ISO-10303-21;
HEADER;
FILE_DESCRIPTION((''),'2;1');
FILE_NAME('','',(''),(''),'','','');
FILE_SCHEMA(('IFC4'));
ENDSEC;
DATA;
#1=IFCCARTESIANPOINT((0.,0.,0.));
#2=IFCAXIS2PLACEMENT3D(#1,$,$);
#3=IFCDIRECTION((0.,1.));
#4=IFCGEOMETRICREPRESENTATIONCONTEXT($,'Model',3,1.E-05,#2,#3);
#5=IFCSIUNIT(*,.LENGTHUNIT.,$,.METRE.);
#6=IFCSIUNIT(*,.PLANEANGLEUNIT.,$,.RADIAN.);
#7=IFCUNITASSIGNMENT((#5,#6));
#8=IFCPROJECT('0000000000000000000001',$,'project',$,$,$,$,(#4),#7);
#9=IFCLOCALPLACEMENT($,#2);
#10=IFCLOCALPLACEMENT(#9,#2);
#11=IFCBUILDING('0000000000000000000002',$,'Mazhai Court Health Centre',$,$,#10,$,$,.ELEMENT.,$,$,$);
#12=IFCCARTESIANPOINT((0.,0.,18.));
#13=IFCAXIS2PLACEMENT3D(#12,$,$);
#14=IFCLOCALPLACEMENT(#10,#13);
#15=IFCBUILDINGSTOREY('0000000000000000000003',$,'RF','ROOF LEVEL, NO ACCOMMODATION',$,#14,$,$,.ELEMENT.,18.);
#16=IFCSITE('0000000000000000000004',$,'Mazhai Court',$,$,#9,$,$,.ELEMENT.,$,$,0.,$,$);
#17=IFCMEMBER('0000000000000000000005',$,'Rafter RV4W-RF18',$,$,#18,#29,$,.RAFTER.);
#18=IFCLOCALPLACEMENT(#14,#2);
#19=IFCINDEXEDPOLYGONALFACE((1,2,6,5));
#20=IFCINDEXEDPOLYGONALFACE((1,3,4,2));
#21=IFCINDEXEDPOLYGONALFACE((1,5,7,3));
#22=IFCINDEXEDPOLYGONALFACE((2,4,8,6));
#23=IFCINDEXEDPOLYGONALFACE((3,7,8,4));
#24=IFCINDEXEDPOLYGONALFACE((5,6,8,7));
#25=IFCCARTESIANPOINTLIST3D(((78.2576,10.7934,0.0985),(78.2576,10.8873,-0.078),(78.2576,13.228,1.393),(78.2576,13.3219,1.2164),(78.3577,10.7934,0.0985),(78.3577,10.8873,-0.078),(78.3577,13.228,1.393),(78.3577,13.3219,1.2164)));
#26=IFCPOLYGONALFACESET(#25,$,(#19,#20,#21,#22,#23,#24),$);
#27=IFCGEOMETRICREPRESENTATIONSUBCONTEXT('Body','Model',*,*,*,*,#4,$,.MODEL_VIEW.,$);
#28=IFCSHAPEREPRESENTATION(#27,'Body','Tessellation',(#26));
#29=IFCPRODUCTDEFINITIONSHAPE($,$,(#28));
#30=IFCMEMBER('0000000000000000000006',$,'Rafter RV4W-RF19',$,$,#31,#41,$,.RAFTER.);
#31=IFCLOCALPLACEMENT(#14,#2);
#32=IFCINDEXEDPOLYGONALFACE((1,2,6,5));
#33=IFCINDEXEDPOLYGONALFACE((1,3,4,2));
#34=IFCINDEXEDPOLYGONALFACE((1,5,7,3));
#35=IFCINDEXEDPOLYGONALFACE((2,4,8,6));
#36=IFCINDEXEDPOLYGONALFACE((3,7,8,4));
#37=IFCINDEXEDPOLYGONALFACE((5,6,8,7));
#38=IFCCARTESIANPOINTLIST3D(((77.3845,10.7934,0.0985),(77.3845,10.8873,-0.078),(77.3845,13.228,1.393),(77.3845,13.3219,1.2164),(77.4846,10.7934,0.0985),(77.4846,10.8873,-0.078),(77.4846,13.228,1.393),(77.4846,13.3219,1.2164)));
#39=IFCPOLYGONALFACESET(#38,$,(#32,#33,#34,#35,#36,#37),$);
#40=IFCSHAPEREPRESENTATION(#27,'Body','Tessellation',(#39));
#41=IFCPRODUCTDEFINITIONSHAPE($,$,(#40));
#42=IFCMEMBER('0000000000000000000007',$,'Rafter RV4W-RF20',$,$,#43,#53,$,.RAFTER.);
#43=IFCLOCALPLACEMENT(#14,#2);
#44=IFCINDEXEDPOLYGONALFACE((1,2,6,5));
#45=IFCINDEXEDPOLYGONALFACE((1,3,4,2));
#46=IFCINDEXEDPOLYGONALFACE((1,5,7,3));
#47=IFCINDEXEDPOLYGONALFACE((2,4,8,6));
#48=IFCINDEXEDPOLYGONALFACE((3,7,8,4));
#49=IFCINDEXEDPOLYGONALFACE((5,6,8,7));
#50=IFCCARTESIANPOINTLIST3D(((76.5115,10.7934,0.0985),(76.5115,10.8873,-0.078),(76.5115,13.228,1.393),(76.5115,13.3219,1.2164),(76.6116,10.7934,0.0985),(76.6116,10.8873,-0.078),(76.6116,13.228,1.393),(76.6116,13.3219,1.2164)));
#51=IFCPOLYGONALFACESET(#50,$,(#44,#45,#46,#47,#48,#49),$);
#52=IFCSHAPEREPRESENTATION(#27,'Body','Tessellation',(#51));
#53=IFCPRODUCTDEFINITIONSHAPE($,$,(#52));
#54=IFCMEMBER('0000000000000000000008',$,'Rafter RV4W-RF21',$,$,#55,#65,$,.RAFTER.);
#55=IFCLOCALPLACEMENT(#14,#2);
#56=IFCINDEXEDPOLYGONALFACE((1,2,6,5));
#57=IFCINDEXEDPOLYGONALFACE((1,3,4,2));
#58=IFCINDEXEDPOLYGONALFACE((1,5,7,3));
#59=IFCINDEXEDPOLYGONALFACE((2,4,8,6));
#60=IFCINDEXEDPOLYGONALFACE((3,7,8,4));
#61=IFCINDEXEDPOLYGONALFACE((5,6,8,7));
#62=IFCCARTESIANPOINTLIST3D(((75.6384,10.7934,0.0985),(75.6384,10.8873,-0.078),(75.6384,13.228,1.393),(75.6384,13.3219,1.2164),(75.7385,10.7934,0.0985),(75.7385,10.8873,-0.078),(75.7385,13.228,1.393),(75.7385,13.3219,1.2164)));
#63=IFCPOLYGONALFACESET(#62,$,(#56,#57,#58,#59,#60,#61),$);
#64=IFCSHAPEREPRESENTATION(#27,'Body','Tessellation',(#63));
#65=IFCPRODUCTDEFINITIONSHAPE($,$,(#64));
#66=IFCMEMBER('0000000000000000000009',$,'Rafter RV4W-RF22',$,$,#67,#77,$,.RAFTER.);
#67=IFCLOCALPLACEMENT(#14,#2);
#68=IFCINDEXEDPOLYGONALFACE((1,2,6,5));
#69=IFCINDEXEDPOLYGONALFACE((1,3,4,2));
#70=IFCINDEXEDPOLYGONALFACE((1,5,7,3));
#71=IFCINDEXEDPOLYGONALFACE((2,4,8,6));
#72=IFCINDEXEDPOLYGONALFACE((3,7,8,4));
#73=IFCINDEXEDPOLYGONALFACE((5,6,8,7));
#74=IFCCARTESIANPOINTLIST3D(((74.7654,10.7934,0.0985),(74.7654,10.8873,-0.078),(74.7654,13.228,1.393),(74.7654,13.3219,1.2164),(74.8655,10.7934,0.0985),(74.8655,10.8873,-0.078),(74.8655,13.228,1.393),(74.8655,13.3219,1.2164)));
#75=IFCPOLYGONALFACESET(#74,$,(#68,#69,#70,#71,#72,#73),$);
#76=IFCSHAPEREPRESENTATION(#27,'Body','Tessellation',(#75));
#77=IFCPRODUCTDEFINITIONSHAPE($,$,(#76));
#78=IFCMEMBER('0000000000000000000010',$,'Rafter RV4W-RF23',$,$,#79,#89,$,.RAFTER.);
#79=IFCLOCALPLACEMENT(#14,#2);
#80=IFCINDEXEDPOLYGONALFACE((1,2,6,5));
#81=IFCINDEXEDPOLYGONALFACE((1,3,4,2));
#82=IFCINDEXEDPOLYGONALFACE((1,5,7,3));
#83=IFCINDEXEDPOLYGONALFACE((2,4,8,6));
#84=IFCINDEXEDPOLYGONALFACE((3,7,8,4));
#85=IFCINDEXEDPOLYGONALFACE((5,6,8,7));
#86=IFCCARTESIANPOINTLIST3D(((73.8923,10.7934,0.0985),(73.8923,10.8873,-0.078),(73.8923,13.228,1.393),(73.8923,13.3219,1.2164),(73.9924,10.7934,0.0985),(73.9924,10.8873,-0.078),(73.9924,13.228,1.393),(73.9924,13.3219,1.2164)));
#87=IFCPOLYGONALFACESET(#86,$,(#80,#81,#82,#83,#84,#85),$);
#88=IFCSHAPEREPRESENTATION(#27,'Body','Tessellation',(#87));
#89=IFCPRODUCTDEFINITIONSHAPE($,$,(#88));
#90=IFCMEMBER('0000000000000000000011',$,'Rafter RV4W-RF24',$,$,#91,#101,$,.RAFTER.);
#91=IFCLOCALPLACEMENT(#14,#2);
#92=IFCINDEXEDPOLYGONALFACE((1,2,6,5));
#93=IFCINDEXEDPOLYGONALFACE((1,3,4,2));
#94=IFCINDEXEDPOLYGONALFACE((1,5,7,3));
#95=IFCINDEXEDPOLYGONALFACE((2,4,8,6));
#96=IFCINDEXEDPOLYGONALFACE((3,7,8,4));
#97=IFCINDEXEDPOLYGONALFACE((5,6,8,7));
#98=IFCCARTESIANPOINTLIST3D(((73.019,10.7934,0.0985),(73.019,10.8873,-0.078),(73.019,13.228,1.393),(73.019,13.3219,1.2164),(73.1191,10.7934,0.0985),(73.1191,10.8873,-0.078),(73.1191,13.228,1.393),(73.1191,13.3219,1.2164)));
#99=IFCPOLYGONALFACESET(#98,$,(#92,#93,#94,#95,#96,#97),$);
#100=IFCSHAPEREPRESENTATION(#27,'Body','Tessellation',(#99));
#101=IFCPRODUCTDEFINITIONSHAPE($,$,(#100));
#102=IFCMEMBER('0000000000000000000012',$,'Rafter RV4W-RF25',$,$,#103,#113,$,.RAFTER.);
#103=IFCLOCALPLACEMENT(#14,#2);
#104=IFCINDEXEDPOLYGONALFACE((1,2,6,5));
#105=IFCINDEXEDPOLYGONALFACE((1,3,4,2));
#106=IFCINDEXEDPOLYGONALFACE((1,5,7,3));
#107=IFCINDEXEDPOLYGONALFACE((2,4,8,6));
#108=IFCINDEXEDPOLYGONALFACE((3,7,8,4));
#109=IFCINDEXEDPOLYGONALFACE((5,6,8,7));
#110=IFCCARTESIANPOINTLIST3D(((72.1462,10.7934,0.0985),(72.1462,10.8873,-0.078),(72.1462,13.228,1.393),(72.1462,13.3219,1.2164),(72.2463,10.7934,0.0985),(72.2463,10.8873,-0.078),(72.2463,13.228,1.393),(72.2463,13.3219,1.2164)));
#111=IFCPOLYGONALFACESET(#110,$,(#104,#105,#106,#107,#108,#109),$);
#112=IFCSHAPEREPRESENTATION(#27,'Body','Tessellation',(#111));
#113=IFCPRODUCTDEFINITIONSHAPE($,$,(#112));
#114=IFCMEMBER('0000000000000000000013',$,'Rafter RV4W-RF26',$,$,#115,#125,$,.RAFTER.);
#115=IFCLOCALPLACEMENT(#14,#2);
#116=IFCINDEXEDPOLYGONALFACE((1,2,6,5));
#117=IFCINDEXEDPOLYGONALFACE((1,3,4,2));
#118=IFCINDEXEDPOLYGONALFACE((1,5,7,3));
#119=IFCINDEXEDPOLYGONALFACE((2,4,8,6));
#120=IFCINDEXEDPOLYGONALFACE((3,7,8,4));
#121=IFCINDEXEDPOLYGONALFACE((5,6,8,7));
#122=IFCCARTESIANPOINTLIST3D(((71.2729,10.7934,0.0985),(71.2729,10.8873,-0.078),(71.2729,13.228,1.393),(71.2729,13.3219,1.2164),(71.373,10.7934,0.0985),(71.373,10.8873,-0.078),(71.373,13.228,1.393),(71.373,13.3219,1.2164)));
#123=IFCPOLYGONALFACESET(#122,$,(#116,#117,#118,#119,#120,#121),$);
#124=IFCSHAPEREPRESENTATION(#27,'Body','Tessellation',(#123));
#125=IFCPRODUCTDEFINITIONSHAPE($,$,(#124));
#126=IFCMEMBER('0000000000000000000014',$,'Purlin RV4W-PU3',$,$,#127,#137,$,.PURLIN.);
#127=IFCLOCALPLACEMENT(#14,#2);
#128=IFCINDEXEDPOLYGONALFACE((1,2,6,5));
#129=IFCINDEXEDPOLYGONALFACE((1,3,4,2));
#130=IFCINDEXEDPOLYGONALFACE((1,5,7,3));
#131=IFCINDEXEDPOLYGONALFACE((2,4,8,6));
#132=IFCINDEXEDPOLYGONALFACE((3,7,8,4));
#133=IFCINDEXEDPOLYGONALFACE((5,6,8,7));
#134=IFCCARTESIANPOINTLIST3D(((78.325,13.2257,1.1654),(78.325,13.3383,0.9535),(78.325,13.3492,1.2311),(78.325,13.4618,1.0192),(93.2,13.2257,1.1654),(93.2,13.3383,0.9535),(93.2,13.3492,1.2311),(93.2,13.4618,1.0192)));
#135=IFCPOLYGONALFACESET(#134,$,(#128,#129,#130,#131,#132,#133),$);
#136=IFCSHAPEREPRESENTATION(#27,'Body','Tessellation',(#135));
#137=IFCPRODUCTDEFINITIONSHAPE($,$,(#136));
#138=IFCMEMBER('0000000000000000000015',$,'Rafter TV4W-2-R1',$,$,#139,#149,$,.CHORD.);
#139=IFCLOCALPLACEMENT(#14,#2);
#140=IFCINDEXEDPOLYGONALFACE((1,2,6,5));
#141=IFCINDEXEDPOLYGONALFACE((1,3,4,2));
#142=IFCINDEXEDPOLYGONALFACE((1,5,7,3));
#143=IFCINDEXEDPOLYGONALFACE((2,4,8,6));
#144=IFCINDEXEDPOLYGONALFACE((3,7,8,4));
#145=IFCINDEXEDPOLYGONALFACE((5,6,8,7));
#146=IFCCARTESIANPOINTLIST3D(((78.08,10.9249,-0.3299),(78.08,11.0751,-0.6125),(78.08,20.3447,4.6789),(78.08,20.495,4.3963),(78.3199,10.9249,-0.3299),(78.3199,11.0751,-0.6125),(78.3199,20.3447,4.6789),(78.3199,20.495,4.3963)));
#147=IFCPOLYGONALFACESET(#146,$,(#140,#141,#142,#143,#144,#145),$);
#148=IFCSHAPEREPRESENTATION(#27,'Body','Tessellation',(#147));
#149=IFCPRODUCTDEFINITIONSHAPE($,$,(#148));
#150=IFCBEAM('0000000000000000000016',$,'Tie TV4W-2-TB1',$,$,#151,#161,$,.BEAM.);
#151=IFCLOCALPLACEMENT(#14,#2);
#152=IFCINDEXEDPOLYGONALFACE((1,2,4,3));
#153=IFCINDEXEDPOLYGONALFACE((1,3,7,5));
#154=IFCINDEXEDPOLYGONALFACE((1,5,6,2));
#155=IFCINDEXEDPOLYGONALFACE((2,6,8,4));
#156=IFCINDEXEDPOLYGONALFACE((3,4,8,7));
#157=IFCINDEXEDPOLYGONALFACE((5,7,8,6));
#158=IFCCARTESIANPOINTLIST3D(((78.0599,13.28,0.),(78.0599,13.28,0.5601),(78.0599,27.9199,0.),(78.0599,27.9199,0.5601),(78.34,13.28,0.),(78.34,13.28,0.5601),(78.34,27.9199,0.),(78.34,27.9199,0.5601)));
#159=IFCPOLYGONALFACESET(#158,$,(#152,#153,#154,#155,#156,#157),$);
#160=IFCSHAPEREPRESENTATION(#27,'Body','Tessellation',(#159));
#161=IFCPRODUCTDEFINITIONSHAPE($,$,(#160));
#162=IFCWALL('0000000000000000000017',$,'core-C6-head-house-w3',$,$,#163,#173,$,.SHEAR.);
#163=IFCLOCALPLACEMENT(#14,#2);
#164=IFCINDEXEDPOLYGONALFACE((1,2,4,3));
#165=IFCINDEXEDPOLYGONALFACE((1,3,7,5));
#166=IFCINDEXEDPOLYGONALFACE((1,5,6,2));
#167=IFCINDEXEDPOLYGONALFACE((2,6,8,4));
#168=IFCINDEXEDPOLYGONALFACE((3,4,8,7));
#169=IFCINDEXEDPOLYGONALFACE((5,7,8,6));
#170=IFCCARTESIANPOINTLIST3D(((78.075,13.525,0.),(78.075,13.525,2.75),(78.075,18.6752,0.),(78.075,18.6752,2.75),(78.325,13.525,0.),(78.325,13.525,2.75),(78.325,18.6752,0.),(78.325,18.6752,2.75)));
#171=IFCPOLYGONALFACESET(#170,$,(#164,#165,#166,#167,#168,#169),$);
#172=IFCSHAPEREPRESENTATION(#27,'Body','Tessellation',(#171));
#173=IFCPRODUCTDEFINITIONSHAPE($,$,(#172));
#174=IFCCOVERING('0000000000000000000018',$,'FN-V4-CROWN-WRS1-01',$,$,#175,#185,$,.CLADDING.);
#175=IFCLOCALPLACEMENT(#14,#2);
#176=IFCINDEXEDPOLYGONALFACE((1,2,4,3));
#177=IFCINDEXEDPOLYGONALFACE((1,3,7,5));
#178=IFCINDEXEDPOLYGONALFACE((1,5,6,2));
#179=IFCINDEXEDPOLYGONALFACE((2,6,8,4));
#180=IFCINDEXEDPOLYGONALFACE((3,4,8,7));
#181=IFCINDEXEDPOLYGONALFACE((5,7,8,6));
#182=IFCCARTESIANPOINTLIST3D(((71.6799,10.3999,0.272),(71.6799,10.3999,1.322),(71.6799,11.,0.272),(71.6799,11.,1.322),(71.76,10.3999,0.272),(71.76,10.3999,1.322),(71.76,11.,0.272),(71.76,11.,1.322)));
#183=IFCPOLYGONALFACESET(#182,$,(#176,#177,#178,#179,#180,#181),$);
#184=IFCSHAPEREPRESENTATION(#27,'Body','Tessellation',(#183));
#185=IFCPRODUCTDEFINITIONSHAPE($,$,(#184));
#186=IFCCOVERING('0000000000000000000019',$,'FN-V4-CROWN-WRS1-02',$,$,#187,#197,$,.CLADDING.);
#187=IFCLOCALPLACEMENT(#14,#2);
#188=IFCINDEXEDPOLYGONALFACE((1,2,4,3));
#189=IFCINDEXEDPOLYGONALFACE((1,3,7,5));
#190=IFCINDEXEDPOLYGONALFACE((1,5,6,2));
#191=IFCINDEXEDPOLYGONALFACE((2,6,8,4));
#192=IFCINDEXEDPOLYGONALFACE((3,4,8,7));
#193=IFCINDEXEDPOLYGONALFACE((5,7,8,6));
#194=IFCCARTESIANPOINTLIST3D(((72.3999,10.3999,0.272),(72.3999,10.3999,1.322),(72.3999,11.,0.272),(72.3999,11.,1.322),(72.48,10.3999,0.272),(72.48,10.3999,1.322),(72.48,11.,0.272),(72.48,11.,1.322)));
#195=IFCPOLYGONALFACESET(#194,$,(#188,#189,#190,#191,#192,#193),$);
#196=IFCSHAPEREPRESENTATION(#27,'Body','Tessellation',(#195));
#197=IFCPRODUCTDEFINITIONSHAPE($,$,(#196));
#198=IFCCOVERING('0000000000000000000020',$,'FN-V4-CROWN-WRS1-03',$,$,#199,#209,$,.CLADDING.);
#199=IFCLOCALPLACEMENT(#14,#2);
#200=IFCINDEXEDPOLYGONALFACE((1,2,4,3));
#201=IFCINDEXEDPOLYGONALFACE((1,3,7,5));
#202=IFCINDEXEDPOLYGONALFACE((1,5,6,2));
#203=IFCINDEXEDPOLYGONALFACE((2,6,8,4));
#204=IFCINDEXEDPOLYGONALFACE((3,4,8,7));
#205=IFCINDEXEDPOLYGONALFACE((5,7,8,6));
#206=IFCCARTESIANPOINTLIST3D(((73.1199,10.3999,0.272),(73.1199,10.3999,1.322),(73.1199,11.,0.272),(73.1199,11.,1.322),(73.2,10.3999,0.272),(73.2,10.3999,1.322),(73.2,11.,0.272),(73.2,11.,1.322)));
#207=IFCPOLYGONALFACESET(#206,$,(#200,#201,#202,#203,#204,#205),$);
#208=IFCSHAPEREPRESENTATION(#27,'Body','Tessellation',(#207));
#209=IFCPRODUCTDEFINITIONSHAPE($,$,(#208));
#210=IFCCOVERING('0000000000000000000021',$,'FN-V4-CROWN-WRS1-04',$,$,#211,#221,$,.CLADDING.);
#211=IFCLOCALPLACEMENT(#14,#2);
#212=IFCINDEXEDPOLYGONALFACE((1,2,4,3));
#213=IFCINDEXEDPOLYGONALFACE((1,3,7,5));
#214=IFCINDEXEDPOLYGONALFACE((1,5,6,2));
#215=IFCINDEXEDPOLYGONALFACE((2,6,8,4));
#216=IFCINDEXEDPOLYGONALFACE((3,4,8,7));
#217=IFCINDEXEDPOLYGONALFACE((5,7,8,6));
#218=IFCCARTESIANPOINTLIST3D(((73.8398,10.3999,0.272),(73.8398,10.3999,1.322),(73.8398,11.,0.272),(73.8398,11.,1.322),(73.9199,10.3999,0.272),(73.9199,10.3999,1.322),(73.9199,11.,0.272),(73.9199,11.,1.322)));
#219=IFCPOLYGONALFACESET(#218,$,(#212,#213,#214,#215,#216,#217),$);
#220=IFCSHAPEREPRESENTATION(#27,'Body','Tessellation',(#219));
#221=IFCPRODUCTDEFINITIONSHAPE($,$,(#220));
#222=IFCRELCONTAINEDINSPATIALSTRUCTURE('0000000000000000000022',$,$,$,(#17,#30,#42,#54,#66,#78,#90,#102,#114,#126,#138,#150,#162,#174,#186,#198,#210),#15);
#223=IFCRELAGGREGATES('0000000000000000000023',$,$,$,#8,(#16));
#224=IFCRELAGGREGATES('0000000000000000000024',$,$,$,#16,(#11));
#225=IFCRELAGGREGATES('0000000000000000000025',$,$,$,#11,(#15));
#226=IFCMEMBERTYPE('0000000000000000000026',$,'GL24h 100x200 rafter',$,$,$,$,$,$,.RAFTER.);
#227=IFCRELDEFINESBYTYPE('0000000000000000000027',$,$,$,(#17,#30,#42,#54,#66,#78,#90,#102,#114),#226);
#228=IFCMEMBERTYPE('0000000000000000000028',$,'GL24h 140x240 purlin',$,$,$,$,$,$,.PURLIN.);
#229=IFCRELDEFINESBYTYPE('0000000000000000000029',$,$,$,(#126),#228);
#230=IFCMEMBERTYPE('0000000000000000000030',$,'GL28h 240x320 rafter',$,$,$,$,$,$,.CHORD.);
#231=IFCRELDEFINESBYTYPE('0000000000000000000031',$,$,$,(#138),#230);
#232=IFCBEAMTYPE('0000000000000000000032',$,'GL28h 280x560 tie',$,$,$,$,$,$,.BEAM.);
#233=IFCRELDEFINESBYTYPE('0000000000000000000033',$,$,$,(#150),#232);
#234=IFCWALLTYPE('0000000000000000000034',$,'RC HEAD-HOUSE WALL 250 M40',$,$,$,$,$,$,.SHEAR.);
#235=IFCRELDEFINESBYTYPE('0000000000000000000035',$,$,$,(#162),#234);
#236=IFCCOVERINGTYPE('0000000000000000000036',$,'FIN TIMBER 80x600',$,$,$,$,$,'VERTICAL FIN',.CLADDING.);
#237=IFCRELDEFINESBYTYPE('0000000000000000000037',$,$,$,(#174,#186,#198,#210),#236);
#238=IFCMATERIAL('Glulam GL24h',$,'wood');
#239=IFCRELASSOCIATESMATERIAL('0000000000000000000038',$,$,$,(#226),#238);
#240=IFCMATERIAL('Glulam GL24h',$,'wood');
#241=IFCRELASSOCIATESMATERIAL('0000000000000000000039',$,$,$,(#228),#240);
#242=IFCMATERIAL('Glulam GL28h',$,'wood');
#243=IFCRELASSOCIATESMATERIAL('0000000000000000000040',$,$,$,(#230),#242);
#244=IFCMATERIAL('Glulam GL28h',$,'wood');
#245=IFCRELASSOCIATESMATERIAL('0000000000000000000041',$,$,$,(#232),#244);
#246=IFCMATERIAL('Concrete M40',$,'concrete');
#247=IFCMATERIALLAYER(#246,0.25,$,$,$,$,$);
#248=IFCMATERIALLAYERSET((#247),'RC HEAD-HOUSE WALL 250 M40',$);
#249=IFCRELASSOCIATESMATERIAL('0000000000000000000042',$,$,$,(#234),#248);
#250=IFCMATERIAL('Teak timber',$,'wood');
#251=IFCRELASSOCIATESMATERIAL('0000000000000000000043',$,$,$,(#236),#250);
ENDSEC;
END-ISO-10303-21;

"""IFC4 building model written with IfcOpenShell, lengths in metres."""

from ifc_helpers import new_model, si_unit, direction, frame, frame_2d, origin, origin_2d, place, context, subcontext, project, spatial, rectangle, extrude, material, layer, layer_set, material_profile, profile_set, type_object, element, save


model = new_model("IFC4")

# Units and contexts
model_context = context("Model", 3, precision=1e-05, world=origin(), true_north=direction((0.0, 1.0)))
body_context = subcontext(model_context, "Body", "Model", "MODEL_VIEW")
ifc_project = project(units=[si_unit("LENGTHUNIT", "METRE"), si_unit("PLANEANGLEUNIT", "RADIAN")], contexts=[model_context])

# Site, building, storey
site_placement = place(None, origin())
site = spatial("IfcSite", under=ifc_project, at=site_placement, Name="Mazhai Court", CompositionType="ELEMENT", RefElevation=0.0)
building_placement = place(site_placement, origin())
building = spatial("IfcBuilding", under=site, at=building_placement, Name="Mazhai Court Health Centre", CompositionType="ELEMENT")
storey_placement = place(building_placement, frame((0.0, 0.0, 18.0)))
storey = spatial("IfcBuildingStorey", under=building, at=storey_placement, Name="RF", Description="ROOF LEVEL, NO ACCOMMODATION", CompositionType="ELEMENT", Elevation=18.0)

# Members
ifc_material_1 = material(Name="Glulam GL24h", Category="wood")
ifc_material_profile_1 = material_profile(ifc_material_1, rectangle(XDim=0.1001, YDim=0.2, at=origin_2d()), Name="GL24h 100x200")
ifc_profile_set_1 = profile_set([ifc_material_profile_1], Name="Glulam GL24h")
member_type_1 = type_object("IfcMemberType", Name="GL24h 100x200 rafter", PredefinedType="RAFTER", material=ifc_profile_set_1)
for number, where, z_axis, x_axis, name in (
    (1, (78.3076, 10.8403, 0.0103), (0.0, 0.882955, 0.469457), (-1.0, 0.0, 0.0), "Rafter RV4W-RF18"),
    (2, (77.4346, 10.8403, 0.0103), (0.0, 0.882955, 0.469457), (-1.0, 0.0, 0.0), "Rafter RV4W-RF19"),
    (3, (76.5615, 10.8403, 0.0103), (0.0, 0.882955, 0.469457), (-1.0, 0.0, 0.0), "Rafter RV4W-RF20"),
    (4, (75.6885, 10.8403, 0.0103), (0.0, 0.882955, 0.469457), (-1.0, 0.0, 0.0), "Rafter RV4W-RF21"),
    (5, (74.8154, 10.8403, 0.0103), (0.0, 0.882955, 0.469457), (-1.0, 0.0, 0.0), "Rafter RV4W-RF22"),
    (6, (73.9424, 10.8403, 0.0103), (0.0, 0.882955, 0.469457), (-1.0, 0.0, 0.0), "Rafter RV4W-RF23"),
    (7, (73.0691, 10.8403, 0.0103), (0.0, 0.882955, 0.469457), (-1.0, 0.0, 0.0), "Rafter RV4W-RF24"),
    (8, (72.1963, 10.8403, 0.0103), (0.0, 0.882955, 0.469457), (-1.0, 0.0, 0.0), "Rafter RV4W-RF25"),
    (9, (71.323, 10.8403, 0.0103), (0.0, 0.882955, 0.469457), (-1.0, 0.0, 0.0), "Rafter RV4W-RF26"),
):
    element("IfcMember", number, at=place(storey_placement, frame(where, z_axis=z_axis, x_axis=x_axis)), inside=storey, type_object=member_type_1, Name=name, PredefinedType="RAFTER", context=body_context, shape_type="SweptSolid", body=[
        extrude(rectangle(XDim=0.1001, YDim=0.2, at=origin_2d()), origin(), (0.0, 0.0, 1.0), 2.7573),
    ])
ifc_material_2 = material(Name="Glulam GL24h", Category="wood")
ifc_material_profile_2 = material_profile(ifc_material_2, rectangle(XDim=0.1399, YDim=0.24, at=origin_2d()), Name="GL24h 140x240")
ifc_profile_set_2 = profile_set([ifc_material_profile_2], Name="Glulam GL24h")
member_type_2 = type_object("IfcMemberType", Name="GL24h 140x240 purlin", PredefinedType="PURLIN", material=ifc_profile_set_2)
member_1_placement = place(storey_placement, frame((78.325, 13.3438, 1.0923), z_axis=(1.0, 0.0, 0.0), x_axis=(0.0, 0.882948, 0.469472)))
element("IfcMember", 10, at=member_1_placement, inside=storey, type_object=member_type_2, Name="Purlin RV4W-PU3", PredefinedType="PURLIN", context=body_context, shape_type="SweptSolid", body=[
    extrude(rectangle(XDim=0.1399, YDim=0.24, at=origin_2d()), origin(), (0.0, 0.0, 1.0), 14.875),
])
ifc_material_3 = material(Name="Glulam GL28h", Category="wood")
ifc_material_profile_3 = material_profile(ifc_material_3, rectangle(XDim=0.24, YDim=0.3201, at=origin_2d()), Name="GL28h 240x320")
ifc_profile_set_3 = profile_set([ifc_material_profile_3], Name="Glulam GL28h")
member_type_3 = type_object("IfcMemberType", Name="GL28h 240x320 rafter", PredefinedType="CHORD", material=ifc_profile_set_3)
member_2_placement = place(storey_placement, frame((78.2, 11.0, -0.4712), z_axis=(0.0, 0.882943, 0.469481), x_axis=(-1.0, 0.0, 0.0)))
element("IfcMember", 11, at=member_2_placement, inside=storey, type_object=member_type_3, Name="Rafter TV4W-2-R1", PredefinedType="CHORD", context=body_context, shape_type="SweptSolid", body=[
    extrude(rectangle(XDim=0.24, YDim=0.3201, at=origin_2d()), origin(), (0.0, 0.0, 1.0), 10.6687),
])

# Beam
ifc_material_4 = material(Name="Glulam GL28h", Category="wood")
ifc_material_profile_4 = material_profile(ifc_material_4, rectangle(XDim=0.28, YDim=0.5601, at=origin_2d()), Name="GL28h 280x560")
ifc_profile_set_4 = profile_set([ifc_material_profile_4], Name="Glulam GL28h")
beam_type = type_object("IfcBeamType", Name="GL28h 280x560 tie", PredefinedType="BEAM", material=ifc_profile_set_4)
beam_placement = place(storey_placement, frame((78.2, 13.28, 0.28), z_axis=(0.0, 1.0, 0.0), x_axis=(-1.0, 0.0, 0.0)))
element("IfcBeam", 12, at=beam_placement, inside=storey, type_object=beam_type, Name="Tie TV4W-2-TB1", PredefinedType="BEAM", context=body_context, shape_type="SweptSolid", body=[
    extrude(rectangle(XDim=0.28, YDim=0.5601, at=origin_2d()), origin(), (0.0, 0.0, 1.0), 14.6399),
])

# Wall
ifc_material_5 = material(Name="Concrete M40", Category="concrete")
ifc_layer = layer(ifc_material_5, 0.25)
ifc_layer_set = layer_set([ifc_layer], Name="RC HEAD-HOUSE WALL 250 M40")
wall_type = type_object("IfcWallType", Name="RC HEAD-HOUSE WALL 250 M40", PredefinedType="SHEAR", material=ifc_layer_set)
wall_placement = place(storey_placement, frame((78.2, 13.5249, 0.0), z_axis=(0.0, 0.0, 1.0), x_axis=(0.0, 1.0, 0.0)))
element("IfcWall", 13, at=wall_placement, inside=storey, type_object=wall_type, Name="core-C6-head-house-w3", PredefinedType="SHEAR", context=body_context, shape_type="SweptSolid", body=[
    extrude(rectangle(XDim=5.1501, YDim=0.25, at=frame_2d((2.5752, 0.0))), origin(), (0.0, 0.0, 1.0), 2.75),
])

# Coverings
ifc_material_6 = material(Name="Teak timber", Category="wood")
covering_type = type_object("IfcCoveringType", Name="FIN TIMBER 80x600", ElementType="VERTICAL FIN", PredefinedType="CLADDING", material=ifc_material_6)
for number, where, z_axis, x_axis, name in (
    (14, (71.72, 10.7, 0.272), (0.0, 0.0, 1.0), (1.0, 0.0, 0.0), "FN-V4-CROWN-WRS1-01"),
    (15, (72.4399, 10.7, 0.272), (0.0, 0.0, 1.0), (1.0, 0.0, 0.0), "FN-V4-CROWN-WRS1-02"),
    (16, (73.1599, 10.7, 0.272), (0.0, 0.0, 1.0), (1.0, 0.0, 0.0), "FN-V4-CROWN-WRS1-03"),
    (17, (73.8799, 10.7, 0.272), (0.0, 0.0, 1.0), (1.0, 0.0, 0.0), "FN-V4-CROWN-WRS1-04"),
):
    element("IfcCovering", number, at=place(storey_placement, frame(where, z_axis=z_axis, x_axis=x_axis)), inside=storey, type_object=covering_type, Name=name, PredefinedType="CLADDING", context=body_context, shape_type="SweptSolid", body=[
        extrude(rectangle(XDim=0.0801, YDim=0.6001, at=origin_2d()), origin(), (0.0, 0.0, 1.0), 1.05),
    ])

save(model, "model.ifc")
